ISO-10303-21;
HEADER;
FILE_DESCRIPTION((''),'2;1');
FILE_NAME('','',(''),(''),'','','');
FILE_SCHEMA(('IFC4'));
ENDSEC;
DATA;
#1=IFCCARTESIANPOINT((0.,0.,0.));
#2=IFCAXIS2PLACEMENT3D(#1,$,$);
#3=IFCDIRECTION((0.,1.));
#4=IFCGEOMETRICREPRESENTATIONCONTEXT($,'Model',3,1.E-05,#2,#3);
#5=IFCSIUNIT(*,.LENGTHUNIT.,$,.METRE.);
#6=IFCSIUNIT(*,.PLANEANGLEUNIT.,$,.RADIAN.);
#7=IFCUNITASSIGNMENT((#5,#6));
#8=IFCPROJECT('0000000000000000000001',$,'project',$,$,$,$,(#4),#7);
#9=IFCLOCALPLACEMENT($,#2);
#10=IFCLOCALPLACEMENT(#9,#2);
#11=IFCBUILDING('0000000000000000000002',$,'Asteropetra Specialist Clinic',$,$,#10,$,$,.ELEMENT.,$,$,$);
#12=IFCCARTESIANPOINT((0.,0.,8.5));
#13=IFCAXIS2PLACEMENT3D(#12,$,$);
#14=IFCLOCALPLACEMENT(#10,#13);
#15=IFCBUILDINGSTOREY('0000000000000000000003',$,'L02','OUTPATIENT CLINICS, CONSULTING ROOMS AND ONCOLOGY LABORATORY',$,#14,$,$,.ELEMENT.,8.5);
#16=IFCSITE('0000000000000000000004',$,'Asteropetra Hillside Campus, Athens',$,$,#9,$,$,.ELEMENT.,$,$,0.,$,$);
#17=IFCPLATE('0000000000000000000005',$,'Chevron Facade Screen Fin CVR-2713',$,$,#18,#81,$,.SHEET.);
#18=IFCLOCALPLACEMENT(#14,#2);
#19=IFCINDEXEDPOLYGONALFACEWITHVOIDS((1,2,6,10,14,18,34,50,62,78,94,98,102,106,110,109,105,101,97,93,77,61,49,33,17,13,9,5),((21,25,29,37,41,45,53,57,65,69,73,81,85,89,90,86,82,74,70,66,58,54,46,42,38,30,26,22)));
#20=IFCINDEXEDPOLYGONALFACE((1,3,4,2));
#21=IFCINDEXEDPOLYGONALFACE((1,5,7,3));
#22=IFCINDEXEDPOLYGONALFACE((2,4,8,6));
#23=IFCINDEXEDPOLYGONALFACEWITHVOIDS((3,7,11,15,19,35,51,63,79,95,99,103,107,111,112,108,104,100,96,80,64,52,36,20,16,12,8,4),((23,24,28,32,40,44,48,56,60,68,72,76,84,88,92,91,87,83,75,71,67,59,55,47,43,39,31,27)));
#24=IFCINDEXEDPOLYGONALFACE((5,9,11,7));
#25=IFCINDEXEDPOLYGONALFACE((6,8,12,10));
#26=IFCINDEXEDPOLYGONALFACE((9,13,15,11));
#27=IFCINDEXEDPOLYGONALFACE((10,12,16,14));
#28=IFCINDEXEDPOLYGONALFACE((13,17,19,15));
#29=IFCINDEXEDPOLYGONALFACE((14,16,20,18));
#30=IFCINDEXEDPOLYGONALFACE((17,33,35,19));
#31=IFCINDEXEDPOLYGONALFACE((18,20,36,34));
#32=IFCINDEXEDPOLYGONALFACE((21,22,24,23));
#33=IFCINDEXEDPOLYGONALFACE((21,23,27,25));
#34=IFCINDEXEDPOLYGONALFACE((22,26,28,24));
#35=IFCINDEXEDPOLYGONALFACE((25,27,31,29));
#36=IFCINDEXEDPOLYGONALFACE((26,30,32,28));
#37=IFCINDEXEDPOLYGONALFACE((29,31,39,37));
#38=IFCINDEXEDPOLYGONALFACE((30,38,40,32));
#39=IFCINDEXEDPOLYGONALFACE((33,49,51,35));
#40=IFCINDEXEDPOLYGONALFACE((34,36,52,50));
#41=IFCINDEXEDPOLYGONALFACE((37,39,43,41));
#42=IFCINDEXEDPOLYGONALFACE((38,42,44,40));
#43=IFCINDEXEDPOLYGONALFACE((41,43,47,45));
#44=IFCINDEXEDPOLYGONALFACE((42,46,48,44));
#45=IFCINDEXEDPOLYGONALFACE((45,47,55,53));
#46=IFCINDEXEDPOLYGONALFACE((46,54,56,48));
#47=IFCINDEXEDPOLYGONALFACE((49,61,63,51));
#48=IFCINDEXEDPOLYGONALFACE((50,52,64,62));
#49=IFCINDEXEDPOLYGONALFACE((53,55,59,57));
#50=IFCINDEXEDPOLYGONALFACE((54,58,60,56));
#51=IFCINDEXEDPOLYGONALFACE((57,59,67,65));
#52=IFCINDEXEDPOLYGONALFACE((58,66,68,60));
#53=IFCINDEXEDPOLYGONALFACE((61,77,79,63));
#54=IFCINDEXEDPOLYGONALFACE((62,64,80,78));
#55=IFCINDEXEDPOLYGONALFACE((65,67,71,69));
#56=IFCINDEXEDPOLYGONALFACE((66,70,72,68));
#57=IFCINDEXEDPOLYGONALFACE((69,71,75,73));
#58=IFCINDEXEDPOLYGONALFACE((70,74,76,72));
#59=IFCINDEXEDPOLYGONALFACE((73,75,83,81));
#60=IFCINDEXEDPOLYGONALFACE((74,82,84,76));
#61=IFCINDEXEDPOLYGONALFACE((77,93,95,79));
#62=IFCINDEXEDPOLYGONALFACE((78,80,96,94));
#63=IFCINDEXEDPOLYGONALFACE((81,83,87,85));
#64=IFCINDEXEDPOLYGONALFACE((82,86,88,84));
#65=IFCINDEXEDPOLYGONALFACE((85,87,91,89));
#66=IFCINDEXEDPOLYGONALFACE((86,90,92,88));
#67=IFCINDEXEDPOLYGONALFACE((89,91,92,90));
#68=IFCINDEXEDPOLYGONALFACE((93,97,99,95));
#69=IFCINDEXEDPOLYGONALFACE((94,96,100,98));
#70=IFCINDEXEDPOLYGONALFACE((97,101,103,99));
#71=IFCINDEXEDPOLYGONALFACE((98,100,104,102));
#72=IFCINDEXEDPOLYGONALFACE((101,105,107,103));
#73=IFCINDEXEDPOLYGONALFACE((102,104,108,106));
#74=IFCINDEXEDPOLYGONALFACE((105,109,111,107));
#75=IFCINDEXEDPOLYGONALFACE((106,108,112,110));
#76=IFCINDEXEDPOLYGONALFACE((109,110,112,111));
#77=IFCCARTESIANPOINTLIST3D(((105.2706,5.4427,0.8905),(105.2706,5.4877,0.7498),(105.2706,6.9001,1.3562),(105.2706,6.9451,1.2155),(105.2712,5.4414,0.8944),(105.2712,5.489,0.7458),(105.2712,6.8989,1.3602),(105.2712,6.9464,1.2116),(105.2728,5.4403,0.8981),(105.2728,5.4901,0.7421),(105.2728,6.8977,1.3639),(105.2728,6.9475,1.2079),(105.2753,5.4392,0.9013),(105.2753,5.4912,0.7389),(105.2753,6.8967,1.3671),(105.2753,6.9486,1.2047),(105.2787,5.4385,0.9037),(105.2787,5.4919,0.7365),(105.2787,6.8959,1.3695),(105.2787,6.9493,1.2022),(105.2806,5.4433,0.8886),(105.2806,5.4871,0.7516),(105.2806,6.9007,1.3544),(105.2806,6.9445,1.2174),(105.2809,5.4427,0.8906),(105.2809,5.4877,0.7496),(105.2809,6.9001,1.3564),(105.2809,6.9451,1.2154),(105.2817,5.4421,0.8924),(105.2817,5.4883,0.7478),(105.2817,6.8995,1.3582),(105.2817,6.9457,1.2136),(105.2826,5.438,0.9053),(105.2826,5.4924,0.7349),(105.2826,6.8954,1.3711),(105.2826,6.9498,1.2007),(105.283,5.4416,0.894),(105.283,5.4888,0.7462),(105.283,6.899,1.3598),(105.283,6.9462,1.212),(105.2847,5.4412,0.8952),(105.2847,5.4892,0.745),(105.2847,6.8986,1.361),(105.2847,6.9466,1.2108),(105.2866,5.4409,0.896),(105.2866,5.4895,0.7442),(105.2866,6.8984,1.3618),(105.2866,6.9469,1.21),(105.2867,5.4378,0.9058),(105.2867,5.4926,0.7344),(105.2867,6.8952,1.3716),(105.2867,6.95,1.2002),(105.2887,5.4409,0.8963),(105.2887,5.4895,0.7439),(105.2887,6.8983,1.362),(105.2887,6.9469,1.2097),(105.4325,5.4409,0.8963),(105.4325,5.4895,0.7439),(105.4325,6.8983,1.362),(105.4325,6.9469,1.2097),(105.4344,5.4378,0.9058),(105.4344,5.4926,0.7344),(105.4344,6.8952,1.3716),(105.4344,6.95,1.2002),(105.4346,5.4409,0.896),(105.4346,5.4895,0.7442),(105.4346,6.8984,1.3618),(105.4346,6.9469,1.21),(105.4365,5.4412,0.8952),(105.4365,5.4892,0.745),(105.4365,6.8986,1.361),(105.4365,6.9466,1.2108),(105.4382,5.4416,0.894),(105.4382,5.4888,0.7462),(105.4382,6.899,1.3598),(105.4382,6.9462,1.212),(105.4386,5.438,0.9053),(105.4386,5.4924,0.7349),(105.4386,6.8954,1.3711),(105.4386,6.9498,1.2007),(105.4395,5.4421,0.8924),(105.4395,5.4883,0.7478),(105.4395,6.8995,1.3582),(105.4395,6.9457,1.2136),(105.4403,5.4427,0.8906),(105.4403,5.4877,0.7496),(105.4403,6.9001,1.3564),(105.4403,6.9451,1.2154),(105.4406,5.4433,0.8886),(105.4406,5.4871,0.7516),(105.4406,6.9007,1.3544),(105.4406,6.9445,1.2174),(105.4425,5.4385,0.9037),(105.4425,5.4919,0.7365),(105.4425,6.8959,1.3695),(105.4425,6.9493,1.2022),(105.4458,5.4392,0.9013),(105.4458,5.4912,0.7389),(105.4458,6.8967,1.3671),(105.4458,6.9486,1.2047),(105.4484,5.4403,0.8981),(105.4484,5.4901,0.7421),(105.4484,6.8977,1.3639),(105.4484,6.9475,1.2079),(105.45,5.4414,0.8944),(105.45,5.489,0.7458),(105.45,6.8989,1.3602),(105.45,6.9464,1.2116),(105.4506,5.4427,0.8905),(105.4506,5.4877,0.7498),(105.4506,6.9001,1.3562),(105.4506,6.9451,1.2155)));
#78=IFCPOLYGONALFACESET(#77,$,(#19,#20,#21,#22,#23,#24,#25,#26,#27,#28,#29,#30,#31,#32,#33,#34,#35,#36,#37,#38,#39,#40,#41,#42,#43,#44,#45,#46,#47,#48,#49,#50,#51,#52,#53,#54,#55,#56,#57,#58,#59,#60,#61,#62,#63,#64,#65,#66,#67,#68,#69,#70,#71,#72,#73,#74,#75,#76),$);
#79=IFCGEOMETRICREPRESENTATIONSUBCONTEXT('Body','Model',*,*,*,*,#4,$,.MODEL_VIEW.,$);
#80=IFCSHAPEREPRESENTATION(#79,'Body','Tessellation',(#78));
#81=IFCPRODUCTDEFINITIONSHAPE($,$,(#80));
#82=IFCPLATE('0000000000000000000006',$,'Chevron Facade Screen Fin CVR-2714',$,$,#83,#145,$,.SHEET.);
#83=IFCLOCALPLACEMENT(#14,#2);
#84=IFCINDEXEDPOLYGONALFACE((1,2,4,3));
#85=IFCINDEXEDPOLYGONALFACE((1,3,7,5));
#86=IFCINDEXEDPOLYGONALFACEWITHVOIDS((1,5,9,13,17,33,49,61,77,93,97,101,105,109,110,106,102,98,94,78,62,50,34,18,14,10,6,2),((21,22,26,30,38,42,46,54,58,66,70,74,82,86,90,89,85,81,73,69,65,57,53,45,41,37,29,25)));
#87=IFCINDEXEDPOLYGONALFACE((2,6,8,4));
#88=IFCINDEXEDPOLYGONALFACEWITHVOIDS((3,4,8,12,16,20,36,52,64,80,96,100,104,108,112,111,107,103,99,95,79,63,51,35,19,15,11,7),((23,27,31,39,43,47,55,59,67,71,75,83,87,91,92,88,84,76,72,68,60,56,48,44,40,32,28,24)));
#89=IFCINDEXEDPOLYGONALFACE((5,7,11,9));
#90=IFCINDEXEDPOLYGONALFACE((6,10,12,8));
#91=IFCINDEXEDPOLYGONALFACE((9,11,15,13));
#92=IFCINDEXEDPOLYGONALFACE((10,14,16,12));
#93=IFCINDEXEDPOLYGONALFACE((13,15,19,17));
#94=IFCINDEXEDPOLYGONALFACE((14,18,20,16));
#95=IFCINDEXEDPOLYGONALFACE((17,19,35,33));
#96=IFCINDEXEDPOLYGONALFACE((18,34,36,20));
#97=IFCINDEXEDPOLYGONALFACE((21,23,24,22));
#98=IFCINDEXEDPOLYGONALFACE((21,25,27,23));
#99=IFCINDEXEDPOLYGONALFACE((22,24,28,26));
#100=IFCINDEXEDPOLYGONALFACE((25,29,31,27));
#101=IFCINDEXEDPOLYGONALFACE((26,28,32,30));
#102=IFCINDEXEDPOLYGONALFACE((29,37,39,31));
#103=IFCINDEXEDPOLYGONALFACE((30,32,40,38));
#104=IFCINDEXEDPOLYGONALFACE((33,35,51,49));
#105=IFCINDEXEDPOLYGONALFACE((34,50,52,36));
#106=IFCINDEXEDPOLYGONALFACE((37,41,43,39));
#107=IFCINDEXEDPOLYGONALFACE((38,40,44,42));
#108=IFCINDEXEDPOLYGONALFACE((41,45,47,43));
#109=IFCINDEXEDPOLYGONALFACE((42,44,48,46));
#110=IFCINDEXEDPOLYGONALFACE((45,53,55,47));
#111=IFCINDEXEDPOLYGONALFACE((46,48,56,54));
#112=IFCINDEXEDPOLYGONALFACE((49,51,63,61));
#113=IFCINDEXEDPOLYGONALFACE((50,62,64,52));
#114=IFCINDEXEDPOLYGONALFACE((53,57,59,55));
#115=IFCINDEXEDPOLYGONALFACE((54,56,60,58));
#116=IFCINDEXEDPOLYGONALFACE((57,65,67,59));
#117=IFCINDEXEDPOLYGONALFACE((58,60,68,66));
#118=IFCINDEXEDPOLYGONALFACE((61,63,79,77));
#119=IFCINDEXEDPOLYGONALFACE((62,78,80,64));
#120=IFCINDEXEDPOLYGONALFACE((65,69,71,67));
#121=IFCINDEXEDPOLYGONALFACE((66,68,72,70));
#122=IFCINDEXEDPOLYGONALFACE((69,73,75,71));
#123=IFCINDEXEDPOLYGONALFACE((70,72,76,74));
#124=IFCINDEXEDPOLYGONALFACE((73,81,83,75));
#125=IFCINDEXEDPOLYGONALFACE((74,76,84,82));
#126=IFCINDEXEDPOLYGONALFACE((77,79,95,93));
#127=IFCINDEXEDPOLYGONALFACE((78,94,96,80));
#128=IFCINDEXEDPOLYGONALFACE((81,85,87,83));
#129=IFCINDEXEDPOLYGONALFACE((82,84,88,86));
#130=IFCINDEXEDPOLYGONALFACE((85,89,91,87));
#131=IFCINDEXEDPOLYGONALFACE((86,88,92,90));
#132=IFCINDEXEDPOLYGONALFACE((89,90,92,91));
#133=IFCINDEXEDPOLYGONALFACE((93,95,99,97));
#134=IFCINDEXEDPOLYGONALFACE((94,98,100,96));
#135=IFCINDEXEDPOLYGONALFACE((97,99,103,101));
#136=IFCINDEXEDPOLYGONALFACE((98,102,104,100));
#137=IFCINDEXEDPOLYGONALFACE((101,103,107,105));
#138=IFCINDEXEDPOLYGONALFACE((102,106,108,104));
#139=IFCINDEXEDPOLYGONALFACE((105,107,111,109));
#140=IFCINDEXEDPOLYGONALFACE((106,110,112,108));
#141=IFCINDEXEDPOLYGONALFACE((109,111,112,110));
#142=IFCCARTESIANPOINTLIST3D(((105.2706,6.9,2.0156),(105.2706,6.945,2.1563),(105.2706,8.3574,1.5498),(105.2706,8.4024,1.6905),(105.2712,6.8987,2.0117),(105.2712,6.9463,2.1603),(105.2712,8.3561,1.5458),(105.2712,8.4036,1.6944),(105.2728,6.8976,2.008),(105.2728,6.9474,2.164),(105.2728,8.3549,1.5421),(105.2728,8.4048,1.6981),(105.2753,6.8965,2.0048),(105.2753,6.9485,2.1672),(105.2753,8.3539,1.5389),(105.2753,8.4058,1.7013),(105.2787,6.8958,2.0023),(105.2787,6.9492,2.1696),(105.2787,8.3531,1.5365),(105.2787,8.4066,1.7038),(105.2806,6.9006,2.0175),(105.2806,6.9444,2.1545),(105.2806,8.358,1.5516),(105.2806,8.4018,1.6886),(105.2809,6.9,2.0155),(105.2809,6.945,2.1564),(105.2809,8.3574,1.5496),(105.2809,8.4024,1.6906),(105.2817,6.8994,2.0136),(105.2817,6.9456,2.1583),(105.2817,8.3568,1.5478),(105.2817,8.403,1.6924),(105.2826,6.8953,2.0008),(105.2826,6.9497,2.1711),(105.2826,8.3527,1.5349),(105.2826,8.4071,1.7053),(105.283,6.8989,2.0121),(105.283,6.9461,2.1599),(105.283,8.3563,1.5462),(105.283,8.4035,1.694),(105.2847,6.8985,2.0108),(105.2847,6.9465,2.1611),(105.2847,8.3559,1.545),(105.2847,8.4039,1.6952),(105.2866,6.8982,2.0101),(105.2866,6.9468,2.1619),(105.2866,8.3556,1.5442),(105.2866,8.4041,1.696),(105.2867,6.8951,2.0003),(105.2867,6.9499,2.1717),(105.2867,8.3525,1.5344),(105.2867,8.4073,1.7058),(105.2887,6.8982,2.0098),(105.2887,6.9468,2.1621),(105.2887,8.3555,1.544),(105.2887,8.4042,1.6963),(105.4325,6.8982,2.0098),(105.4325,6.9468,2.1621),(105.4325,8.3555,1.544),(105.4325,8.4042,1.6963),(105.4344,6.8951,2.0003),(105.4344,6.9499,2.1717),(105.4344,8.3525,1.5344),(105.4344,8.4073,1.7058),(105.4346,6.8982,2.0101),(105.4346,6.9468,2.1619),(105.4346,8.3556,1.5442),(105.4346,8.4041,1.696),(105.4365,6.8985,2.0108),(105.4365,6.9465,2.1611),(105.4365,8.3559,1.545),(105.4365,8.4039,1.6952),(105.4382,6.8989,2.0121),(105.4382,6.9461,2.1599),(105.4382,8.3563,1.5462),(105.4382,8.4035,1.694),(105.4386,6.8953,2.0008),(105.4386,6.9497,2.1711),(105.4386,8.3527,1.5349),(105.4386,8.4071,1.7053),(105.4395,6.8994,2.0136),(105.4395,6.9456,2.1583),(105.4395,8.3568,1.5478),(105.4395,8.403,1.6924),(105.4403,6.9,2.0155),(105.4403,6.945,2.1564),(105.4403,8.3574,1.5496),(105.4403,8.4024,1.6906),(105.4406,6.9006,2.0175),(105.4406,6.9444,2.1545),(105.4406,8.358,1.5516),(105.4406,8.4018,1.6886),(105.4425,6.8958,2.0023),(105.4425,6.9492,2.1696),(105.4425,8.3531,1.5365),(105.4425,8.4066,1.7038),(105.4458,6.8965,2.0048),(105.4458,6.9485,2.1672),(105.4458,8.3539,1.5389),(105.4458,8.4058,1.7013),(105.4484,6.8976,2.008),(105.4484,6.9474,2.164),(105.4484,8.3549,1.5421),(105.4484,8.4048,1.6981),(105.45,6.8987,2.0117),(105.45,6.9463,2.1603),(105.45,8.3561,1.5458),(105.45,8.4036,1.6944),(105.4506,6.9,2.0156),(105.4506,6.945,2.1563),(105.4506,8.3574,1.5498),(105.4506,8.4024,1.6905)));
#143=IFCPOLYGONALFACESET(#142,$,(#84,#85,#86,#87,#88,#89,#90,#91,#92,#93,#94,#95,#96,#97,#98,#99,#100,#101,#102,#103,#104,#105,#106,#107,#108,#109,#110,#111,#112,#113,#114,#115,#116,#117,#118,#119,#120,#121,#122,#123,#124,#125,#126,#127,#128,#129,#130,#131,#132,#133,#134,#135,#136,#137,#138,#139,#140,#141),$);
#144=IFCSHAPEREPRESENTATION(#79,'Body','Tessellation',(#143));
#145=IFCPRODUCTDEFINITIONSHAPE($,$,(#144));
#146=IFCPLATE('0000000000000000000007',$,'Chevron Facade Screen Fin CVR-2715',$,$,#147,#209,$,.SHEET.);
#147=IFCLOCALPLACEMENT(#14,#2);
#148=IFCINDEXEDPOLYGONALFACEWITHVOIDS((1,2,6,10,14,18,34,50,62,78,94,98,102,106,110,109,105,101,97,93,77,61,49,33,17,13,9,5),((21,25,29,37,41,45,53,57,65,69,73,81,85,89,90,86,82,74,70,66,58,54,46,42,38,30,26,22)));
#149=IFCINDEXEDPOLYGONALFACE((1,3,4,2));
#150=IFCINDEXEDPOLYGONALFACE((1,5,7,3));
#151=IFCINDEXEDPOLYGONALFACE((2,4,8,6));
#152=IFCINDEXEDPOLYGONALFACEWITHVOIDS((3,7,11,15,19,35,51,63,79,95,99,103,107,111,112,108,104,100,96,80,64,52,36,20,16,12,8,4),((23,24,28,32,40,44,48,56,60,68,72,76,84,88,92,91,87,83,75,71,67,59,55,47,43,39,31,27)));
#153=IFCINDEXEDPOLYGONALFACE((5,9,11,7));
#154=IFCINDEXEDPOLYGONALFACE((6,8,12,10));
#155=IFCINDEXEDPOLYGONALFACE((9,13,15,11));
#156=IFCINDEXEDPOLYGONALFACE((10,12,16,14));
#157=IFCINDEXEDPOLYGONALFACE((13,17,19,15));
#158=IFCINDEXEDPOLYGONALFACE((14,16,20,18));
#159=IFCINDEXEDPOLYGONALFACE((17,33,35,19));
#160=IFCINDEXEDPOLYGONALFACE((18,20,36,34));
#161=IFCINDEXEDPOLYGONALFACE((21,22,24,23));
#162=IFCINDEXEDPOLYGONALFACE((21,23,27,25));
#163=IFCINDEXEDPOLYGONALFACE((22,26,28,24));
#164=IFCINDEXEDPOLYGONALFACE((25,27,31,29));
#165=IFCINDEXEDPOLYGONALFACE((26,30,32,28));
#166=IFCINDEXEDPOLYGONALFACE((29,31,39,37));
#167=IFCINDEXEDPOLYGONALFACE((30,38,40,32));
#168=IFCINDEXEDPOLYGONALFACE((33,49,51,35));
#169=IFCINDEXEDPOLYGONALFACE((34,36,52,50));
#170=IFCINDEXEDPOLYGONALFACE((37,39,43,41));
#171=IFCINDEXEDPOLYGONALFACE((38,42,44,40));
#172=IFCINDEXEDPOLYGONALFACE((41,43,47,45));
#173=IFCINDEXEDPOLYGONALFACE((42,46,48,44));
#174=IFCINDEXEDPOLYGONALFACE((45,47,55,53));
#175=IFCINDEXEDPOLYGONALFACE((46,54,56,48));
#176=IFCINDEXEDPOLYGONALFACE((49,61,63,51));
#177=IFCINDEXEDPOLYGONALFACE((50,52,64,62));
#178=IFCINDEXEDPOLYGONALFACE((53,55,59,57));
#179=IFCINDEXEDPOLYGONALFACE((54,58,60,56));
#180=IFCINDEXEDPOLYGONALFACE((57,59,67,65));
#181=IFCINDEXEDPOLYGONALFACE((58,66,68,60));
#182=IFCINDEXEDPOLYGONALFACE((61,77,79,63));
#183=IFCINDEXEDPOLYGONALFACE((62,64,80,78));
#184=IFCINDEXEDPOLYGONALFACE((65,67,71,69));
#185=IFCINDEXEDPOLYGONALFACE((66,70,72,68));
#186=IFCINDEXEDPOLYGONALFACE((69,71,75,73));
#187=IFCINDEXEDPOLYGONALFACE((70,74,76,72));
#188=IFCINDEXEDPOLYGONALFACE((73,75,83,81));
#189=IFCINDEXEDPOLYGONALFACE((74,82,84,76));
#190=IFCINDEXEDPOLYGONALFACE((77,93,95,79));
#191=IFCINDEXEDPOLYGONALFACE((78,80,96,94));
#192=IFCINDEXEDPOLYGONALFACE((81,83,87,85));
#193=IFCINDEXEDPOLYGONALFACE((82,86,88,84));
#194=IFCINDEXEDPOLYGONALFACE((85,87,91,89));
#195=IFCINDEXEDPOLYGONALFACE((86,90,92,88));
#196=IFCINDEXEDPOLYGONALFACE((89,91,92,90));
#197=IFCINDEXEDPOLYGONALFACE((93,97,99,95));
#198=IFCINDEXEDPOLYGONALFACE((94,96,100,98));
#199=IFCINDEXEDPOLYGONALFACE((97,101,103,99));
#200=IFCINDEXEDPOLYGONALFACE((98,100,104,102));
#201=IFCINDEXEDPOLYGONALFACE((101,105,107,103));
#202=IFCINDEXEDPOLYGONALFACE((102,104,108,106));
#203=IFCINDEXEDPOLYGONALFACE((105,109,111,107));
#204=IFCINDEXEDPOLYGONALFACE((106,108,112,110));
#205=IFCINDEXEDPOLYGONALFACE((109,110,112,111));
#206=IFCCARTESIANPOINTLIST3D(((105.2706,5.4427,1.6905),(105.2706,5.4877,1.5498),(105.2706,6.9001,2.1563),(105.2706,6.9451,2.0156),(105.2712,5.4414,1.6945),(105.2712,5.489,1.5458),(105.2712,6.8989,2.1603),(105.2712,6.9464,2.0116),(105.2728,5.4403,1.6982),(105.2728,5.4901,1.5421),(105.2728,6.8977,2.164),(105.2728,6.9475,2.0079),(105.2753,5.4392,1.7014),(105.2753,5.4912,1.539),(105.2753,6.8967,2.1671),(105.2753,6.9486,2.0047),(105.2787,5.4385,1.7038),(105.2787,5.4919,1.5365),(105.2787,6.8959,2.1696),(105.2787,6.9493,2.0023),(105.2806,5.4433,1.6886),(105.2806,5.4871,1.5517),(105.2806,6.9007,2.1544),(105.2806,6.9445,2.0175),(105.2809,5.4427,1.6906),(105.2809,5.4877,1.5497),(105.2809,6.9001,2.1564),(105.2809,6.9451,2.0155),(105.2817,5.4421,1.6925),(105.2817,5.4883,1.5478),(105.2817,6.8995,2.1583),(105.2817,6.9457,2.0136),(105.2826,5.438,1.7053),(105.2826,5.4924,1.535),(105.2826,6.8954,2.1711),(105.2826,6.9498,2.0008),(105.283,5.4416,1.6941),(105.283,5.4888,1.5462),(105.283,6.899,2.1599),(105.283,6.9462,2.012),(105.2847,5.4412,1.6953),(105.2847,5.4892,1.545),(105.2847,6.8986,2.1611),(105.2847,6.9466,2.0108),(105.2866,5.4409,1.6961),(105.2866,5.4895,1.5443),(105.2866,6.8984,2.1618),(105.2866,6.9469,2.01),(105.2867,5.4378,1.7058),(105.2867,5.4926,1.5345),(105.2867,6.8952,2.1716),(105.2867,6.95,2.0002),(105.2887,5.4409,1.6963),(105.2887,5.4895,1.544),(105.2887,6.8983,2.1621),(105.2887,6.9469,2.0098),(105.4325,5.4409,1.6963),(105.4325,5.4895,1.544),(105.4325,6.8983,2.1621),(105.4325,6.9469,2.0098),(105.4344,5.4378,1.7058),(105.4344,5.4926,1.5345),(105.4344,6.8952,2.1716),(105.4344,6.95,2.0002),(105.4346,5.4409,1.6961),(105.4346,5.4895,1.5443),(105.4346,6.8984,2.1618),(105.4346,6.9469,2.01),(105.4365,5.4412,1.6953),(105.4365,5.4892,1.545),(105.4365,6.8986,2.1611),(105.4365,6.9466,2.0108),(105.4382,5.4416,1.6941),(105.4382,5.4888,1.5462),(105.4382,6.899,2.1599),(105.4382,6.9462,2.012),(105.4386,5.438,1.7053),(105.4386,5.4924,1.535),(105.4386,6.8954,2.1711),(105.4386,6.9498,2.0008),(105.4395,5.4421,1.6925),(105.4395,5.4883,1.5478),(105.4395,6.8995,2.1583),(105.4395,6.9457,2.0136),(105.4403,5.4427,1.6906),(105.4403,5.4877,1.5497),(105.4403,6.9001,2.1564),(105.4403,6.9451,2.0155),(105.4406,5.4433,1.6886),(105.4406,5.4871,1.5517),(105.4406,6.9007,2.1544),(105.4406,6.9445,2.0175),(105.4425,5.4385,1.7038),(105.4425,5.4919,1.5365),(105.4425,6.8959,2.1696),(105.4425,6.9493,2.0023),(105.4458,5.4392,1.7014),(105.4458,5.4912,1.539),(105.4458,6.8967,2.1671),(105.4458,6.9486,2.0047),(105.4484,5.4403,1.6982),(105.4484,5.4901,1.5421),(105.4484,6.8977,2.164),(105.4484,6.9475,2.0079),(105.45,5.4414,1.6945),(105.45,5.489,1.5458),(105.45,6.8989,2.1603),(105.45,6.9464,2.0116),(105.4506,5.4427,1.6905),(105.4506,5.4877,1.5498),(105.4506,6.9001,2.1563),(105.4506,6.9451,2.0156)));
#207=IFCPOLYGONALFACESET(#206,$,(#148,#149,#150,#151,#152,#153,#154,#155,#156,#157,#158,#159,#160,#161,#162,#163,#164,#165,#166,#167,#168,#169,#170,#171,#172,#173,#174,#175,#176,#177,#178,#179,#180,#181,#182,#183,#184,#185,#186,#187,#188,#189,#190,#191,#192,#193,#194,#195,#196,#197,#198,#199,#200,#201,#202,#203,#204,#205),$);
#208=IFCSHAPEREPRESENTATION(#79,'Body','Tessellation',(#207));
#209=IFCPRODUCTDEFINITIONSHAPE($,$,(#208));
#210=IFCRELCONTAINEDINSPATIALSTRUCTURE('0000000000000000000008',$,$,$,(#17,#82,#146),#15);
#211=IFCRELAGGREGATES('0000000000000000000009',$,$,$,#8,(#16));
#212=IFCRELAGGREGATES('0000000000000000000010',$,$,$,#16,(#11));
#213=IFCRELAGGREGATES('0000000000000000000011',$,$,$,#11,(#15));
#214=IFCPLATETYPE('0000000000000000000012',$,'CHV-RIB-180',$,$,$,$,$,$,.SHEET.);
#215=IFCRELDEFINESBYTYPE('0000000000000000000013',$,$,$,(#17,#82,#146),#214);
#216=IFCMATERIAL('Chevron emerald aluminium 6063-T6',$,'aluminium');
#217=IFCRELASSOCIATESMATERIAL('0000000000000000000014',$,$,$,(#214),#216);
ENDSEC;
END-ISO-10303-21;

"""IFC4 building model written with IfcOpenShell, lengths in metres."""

from ifc_helpers import new_model, si_unit, direction, frame, origin, origin_2d, place, context, subcontext, project, spatial, hollow_rectangle, extrude, material, material_profile, profile_set, type_object, element, save


model = new_model("IFC4")

# Units and contexts
model_context = context("Model", 3, precision=1e-05, world=origin(), true_north=direction((0.0, 1.0)))
body_context = subcontext(model_context, "Body", "Model", "MODEL_VIEW")
ifc_project = project(units=[si_unit("LENGTHUNIT", "METRE"), si_unit("PLANEANGLEUNIT", "RADIAN")], contexts=[model_context])

# Site, building, storey
site_placement = place(None, origin())
site = spatial("IfcSite", under=ifc_project, at=site_placement, Name="Asteropetra Hillside Campus, Athens", CompositionType="ELEMENT", RefElevation=0.0)
building_placement = place(site_placement, origin())
building = spatial("IfcBuilding", under=site, at=building_placement, Name="Asteropetra Specialist Clinic", CompositionType="ELEMENT")
storey_placement = place(building_placement, frame((0.0, 0.0, 8.5)))
storey = spatial("IfcBuildingStorey", under=building, at=storey_placement, Name="L02", Description="OUTPATIENT CLINICS, CONSULTING ROOMS AND ONCOLOGY LABORATORY", CompositionType="ELEMENT", Elevation=8.5)

# Plates
ifc_material_1 = material(Name="Chevron emerald aluminium 6063-T6", Category="aluminium")
ifc_material_profile = material_profile(ifc_material_1, hollow_rectangle(XDim=0.1799, YDim=0.1799, WallThickness=0.01, InnerFilletRadius=0.0081, OuterFilletRadius=0.0161, at=origin_2d()), Name="SHS 180x180x10.0")
ifc_profile_set = profile_set([ifc_material_profile], Name="Chevron emerald aluminium 6063-T6")
plate_type = type_object("IfcPlateType", Name="CHV-RIB-180", PredefinedType="SHEET", material=ifc_profile_set)
for number, where, z_axis, x_axis, name in (
    (1, (105.3606, 6.9226, 1.2859), (0.0, -0.952535, -0.304428), (1.0, 0.0, 0.0), "Chevron Facade Screen Fin CVR-2713"),
    (2, (105.3606, 8.3799, 1.6201), (0.0, -0.95252, 0.304475), (1.0, 0.0, 0.0), "Chevron Facade Screen Fin CVR-2714"),
    (3, (105.3606, 6.9226, 2.0859), (0.0, -0.952535, -0.304428), (1.0, 0.0, 0.0), "Chevron Facade Screen Fin CVR-2715"),
):
    element("IfcPlate", number, at=place(storey_placement, frame(where, z_axis=z_axis, x_axis=x_axis)), inside=storey, type_object=plate_type, Name=name, PredefinedType="SHEET", context=body_context, shape_type="SweptSolid", body=[
        extrude(hollow_rectangle(XDim=0.1799, YDim=0.1799, WallThickness=0.01, InnerFilletRadius=0.0081, OuterFilletRadius=0.0161, at=origin_2d()), origin(), (0.0, 0.0, 1.0), 1.53),
    ])

save(model, "model.ifc")
